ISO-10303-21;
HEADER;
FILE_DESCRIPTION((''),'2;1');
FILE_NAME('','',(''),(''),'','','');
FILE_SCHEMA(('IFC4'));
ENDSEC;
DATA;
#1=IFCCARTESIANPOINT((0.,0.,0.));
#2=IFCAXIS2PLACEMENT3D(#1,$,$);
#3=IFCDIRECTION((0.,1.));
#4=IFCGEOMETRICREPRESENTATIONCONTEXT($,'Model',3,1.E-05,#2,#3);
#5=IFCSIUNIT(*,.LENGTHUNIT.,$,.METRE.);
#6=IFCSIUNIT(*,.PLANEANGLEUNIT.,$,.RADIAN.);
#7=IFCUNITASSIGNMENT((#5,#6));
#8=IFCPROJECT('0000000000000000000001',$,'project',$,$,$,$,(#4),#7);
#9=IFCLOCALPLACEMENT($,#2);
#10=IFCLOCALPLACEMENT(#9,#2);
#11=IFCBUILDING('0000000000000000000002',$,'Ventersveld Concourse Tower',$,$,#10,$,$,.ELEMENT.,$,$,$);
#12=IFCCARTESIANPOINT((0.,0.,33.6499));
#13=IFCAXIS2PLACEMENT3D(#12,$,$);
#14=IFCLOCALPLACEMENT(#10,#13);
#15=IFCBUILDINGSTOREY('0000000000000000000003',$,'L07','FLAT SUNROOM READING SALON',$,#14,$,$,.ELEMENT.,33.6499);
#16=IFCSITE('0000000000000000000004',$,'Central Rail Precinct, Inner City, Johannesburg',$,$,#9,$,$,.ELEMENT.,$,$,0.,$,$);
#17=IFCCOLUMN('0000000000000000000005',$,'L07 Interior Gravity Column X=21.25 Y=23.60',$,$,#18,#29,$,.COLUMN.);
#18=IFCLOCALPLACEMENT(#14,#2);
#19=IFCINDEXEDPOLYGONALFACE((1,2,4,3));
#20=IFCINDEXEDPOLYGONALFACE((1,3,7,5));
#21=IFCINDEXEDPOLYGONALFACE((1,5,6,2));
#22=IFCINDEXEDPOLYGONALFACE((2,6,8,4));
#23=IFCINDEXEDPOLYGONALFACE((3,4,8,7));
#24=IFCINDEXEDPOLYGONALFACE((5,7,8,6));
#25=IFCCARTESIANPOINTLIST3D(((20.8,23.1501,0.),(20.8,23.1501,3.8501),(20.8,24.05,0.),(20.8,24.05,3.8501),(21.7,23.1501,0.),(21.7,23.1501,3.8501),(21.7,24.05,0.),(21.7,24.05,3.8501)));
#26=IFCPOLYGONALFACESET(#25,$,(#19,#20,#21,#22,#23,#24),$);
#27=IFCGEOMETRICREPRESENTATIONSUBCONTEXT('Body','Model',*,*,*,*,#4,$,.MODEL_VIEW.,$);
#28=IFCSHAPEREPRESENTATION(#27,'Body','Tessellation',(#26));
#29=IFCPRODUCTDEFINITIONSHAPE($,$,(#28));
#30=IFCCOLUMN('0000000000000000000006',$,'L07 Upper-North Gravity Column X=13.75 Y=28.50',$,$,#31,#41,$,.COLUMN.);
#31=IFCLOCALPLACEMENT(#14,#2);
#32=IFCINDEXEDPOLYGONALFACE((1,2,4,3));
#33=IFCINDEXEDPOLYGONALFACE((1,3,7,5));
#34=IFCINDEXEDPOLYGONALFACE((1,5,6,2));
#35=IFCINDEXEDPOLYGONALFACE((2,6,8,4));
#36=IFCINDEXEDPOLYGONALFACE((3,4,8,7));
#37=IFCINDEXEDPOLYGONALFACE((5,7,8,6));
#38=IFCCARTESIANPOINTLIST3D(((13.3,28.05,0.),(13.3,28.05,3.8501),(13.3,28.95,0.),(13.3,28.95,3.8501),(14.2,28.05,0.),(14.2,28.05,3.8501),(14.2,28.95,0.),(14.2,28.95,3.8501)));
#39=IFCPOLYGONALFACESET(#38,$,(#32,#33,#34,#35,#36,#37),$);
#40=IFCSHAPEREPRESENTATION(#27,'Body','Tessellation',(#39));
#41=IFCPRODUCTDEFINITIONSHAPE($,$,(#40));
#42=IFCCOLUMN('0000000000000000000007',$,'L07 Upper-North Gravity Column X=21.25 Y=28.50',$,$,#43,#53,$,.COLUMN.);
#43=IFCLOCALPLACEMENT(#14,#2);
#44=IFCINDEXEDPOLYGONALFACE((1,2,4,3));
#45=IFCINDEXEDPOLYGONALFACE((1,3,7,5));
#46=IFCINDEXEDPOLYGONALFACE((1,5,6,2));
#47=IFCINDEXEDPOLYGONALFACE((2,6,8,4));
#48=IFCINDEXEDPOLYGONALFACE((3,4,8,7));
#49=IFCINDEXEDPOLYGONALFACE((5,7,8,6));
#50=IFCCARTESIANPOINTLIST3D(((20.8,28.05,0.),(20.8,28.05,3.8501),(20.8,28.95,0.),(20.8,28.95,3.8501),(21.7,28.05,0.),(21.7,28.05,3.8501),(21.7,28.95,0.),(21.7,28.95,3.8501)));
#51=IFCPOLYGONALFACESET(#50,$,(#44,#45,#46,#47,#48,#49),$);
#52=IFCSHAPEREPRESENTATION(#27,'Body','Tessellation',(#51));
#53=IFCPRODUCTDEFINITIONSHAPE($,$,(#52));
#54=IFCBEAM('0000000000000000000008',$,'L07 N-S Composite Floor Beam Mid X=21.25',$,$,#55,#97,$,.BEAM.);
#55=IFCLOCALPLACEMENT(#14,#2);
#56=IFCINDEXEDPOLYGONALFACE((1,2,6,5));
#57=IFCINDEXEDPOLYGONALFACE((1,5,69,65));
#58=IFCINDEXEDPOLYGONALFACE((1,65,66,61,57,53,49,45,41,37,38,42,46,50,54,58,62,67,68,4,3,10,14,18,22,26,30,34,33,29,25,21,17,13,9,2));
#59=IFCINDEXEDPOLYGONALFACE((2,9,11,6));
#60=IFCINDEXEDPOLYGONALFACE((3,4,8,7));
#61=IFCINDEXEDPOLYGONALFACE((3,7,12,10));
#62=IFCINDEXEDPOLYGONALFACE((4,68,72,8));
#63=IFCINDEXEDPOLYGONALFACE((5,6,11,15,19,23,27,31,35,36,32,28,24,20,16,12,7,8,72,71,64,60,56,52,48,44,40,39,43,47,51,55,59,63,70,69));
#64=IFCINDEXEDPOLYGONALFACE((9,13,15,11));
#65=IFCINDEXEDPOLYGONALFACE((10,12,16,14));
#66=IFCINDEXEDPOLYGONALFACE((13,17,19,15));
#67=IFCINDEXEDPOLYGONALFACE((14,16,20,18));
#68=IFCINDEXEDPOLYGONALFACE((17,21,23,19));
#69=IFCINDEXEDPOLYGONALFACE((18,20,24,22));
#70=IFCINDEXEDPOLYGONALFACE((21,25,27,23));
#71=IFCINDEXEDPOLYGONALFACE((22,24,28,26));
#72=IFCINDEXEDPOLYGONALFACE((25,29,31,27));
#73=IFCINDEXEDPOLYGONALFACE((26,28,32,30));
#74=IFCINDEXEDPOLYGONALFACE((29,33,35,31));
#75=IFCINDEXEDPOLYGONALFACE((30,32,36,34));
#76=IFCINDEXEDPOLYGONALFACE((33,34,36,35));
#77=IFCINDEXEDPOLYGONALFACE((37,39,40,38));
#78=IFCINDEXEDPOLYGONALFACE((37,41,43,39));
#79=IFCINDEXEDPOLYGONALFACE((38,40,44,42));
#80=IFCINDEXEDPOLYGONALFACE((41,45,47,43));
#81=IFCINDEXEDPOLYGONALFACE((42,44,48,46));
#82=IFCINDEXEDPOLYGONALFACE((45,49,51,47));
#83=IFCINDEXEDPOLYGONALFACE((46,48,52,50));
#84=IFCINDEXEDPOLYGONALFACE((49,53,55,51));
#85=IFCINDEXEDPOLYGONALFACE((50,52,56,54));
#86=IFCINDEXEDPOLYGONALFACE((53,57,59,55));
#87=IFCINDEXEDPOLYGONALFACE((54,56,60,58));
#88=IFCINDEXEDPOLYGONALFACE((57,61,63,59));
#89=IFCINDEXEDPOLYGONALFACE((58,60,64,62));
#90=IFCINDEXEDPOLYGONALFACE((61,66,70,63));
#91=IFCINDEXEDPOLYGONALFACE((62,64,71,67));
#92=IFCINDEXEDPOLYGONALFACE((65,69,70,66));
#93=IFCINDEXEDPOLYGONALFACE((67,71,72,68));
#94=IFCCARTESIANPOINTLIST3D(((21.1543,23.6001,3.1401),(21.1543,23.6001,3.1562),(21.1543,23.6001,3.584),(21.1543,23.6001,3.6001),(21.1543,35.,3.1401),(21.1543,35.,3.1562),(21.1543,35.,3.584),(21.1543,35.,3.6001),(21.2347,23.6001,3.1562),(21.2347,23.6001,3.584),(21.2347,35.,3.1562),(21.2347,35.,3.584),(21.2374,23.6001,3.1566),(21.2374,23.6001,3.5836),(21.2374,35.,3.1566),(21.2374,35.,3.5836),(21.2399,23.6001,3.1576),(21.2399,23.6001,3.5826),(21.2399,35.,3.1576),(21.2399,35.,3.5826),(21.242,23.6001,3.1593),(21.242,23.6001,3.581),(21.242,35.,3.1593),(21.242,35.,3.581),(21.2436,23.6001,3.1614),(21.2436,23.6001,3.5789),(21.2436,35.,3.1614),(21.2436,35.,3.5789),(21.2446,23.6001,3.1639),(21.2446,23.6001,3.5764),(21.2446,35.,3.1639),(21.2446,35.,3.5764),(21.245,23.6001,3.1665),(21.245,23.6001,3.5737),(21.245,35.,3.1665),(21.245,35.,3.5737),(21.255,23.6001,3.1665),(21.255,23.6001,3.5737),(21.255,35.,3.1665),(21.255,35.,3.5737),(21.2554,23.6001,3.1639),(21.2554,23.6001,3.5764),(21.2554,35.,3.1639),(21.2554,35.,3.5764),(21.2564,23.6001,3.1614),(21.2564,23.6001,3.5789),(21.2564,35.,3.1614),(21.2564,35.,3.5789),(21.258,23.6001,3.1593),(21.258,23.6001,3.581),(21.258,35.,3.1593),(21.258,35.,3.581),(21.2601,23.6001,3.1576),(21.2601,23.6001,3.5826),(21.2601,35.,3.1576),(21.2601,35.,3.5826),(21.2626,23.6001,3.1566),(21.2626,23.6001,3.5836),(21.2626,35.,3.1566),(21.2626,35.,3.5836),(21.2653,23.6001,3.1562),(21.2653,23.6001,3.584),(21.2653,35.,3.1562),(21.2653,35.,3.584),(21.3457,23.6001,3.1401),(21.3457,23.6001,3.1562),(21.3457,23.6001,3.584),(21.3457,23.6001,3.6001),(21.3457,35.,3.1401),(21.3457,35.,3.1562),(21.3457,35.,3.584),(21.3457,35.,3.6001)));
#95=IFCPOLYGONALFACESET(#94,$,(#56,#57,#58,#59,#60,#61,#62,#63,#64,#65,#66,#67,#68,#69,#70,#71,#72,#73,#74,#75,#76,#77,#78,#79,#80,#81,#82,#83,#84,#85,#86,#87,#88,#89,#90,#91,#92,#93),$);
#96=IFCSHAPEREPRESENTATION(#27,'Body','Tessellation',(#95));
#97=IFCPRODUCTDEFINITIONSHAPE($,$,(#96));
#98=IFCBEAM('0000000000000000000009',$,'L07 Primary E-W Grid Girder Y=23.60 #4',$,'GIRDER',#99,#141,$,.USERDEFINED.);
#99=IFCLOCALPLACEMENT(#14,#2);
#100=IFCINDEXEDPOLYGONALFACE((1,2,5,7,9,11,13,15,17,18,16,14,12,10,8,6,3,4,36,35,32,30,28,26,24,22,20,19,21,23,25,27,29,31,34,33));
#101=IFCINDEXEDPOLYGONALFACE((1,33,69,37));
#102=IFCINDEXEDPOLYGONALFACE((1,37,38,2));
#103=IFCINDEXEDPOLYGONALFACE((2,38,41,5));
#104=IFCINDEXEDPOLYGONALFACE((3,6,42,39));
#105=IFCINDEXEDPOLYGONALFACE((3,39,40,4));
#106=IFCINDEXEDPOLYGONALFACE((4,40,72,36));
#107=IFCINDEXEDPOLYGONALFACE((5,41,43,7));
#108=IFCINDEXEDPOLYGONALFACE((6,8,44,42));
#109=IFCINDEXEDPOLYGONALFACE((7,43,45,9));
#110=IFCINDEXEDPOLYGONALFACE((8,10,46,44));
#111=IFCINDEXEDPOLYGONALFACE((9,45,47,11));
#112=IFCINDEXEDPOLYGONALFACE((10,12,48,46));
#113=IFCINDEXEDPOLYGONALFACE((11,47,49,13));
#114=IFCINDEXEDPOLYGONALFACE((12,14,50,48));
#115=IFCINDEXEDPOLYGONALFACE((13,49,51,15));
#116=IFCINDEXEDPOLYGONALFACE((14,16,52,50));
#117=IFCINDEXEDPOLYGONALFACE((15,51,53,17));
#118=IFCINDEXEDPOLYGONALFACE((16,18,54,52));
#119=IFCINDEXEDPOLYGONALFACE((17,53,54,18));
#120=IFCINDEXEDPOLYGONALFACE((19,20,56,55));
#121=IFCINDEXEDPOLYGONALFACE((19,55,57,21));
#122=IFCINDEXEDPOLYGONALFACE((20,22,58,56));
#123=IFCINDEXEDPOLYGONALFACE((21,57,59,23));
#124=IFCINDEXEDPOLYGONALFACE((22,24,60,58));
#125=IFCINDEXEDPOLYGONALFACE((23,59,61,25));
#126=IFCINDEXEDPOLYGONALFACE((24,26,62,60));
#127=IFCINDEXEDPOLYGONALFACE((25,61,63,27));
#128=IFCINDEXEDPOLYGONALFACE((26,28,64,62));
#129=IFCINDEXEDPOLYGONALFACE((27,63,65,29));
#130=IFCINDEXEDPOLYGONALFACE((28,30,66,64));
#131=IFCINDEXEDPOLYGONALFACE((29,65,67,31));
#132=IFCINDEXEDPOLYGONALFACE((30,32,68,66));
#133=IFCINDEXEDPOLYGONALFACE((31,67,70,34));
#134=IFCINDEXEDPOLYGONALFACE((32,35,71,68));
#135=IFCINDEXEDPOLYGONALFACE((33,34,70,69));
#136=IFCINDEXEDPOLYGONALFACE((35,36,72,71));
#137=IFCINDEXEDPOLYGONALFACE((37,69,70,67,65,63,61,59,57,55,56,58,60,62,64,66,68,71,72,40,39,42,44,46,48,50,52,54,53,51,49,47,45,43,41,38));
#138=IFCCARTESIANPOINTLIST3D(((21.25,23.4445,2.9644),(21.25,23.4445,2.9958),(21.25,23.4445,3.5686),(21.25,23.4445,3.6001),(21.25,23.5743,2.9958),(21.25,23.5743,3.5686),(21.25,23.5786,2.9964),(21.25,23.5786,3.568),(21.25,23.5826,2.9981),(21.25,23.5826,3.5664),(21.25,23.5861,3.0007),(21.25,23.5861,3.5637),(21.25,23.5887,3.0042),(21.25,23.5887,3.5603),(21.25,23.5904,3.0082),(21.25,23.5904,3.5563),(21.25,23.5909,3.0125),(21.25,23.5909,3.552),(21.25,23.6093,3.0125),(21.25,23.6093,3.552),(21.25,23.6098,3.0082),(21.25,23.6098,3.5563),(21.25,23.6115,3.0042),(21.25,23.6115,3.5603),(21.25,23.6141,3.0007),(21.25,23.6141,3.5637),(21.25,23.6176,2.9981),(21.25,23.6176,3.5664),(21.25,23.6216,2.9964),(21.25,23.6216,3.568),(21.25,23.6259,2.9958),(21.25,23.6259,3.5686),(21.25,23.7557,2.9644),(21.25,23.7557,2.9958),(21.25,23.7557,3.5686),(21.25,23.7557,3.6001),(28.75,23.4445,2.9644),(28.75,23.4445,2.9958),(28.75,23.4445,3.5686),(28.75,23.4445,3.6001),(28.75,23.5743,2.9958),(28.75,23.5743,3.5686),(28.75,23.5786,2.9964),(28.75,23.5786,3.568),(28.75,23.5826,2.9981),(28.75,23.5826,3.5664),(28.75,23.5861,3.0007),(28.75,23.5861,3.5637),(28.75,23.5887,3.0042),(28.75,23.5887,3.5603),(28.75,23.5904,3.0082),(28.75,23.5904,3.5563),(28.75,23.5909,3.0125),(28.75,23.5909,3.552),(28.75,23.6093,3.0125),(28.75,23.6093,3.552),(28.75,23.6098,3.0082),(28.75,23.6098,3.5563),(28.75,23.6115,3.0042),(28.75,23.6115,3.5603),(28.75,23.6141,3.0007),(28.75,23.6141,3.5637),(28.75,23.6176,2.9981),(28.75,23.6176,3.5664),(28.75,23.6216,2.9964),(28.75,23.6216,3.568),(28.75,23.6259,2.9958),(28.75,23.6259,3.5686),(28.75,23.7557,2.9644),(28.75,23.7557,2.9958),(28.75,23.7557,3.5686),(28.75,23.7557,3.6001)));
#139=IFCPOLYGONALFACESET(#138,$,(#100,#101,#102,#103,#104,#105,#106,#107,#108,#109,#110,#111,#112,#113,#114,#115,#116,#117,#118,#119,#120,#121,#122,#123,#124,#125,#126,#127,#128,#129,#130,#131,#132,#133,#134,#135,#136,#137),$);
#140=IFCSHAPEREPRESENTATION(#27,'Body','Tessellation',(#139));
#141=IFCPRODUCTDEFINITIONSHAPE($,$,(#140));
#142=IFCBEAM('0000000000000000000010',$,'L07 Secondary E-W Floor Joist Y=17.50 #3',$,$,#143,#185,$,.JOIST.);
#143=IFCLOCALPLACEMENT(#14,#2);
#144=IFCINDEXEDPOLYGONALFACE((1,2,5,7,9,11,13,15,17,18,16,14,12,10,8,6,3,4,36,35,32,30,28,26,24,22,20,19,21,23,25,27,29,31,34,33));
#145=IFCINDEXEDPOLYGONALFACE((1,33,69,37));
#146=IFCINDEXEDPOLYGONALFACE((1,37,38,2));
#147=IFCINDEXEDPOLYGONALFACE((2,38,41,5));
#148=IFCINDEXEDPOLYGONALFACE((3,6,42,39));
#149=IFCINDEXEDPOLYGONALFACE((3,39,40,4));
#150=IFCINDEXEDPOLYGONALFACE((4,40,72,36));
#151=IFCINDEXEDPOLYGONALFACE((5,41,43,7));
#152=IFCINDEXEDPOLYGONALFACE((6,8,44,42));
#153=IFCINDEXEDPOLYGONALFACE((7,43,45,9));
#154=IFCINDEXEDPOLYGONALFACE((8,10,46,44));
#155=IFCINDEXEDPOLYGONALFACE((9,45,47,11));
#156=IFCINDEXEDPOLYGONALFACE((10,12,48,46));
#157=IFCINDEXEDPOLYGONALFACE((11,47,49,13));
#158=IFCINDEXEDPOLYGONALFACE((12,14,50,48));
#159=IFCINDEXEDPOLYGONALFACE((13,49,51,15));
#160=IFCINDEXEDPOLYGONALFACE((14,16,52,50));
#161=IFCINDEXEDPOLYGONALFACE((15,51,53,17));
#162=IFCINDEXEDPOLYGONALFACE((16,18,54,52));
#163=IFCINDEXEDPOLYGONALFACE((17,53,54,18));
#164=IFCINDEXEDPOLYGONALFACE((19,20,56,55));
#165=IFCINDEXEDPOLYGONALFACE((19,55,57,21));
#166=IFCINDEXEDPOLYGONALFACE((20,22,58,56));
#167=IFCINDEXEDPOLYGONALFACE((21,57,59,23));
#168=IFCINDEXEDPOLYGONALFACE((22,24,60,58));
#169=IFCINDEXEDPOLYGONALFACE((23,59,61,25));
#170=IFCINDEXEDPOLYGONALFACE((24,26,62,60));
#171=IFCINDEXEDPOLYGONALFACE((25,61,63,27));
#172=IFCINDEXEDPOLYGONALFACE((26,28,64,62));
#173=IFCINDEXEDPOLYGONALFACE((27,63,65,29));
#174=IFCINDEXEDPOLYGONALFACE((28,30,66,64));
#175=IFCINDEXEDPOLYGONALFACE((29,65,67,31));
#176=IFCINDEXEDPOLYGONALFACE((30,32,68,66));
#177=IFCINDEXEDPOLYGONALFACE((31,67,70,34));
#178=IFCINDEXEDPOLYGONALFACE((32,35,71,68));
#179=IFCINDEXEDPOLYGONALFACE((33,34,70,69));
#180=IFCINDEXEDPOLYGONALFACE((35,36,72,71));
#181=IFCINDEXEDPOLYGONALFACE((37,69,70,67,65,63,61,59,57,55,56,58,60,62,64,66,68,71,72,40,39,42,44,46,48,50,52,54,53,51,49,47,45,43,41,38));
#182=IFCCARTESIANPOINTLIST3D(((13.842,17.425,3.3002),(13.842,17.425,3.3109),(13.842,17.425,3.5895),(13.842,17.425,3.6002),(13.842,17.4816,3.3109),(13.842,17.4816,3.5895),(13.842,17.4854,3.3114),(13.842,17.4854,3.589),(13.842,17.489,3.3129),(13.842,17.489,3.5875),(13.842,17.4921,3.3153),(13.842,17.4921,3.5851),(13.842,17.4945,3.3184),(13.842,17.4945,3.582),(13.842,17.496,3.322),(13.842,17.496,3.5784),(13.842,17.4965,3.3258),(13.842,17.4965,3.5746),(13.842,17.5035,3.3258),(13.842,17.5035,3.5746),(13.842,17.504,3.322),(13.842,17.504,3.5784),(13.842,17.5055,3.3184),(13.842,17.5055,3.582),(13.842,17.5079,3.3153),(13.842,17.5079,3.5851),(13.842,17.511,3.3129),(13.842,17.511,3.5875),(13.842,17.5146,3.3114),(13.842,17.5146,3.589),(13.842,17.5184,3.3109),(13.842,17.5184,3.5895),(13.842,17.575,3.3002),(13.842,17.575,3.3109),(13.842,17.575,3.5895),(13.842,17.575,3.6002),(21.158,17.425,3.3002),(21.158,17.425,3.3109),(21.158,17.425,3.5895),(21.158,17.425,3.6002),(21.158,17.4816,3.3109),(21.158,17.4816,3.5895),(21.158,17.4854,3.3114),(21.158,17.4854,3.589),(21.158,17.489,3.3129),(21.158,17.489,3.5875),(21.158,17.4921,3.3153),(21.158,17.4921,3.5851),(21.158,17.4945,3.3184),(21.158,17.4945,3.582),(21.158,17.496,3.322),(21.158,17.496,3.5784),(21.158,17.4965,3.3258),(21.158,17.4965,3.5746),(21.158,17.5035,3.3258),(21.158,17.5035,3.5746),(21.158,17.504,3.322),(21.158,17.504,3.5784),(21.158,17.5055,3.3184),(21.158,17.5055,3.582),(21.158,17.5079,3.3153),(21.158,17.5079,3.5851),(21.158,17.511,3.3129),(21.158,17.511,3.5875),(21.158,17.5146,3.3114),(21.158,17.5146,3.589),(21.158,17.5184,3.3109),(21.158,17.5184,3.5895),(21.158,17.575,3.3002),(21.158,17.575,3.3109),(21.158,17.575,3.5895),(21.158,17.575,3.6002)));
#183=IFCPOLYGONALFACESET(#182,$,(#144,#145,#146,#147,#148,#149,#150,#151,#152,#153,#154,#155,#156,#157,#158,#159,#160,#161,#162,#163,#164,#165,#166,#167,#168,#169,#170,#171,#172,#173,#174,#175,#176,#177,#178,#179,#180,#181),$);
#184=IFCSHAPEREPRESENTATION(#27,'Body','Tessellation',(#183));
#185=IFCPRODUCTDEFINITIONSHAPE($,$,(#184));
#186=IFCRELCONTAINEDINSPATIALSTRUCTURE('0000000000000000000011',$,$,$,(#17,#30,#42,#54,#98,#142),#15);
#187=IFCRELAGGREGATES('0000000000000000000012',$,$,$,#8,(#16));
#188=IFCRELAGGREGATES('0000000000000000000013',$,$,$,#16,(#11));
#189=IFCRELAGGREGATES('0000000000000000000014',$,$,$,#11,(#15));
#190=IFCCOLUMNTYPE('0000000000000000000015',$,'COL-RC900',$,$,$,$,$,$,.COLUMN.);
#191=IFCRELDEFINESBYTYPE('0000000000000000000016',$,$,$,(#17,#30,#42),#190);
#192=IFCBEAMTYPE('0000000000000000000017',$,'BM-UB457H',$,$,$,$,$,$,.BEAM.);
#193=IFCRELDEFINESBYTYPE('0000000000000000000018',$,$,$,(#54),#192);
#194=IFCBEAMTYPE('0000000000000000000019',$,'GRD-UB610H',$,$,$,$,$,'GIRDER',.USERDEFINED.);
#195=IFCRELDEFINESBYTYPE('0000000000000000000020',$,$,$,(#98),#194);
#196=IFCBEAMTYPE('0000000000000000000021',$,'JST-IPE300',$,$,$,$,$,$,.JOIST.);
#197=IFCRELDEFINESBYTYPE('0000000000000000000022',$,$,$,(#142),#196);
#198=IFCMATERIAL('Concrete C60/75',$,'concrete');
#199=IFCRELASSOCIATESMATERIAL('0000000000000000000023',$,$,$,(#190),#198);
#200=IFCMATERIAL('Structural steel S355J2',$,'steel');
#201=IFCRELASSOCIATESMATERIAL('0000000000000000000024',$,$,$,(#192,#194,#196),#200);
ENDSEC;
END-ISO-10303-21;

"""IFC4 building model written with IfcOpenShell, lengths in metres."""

from ifc_helpers import new_model, si_unit, direction, frame, origin, origin_2d, place, context, subcontext, project, spatial, rectangle, i_section, extrude, material, material_profile, profile_set, type_object, element, save


model = new_model("IFC4")

# Units and contexts
model_context = context("Model", 3, precision=1e-05, world=origin(), true_north=direction((0.0, 1.0)))
body_context = subcontext(model_context, "Body", "Model", "MODEL_VIEW")
ifc_project = project(units=[si_unit("LENGTHUNIT", "METRE"), si_unit("PLANEANGLEUNIT", "RADIAN")], contexts=[model_context])

# Site, building, storey
site_placement = place(None, origin())
site = spatial("IfcSite", under=ifc_project, at=site_placement, Name="Central Rail Precinct, Inner City, Johannesburg", CompositionType="ELEMENT", RefElevation=0.0)
building_placement = place(site_placement, origin())
building = spatial("IfcBuilding", under=site, at=building_placement, Name="Ventersveld Concourse Tower", CompositionType="ELEMENT")
storey_placement = place(building_placement, frame((0.0, 0.0, 33.6499)))
storey = spatial("IfcBuildingStorey", under=building, at=storey_placement, Name="L07", Description="FLAT SUNROOM READING SALON", CompositionType="ELEMENT", Elevation=33.6499)

# Columns
ifc_material_1 = material(Name="Concrete C60/75", Category="concrete")
ifc_material_profile_1 = material_profile(ifc_material_1, rectangle(XDim=0.8999, YDim=0.8999, at=origin_2d()), Name="RC 900x900")
ifc_profile_set_1 = profile_set([ifc_material_profile_1], Name="Concrete C60/75")
column_type = type_object("IfcColumnType", Name="COL-RC900", PredefinedType="COLUMN", material=ifc_profile_set_1)
for number, where, z_axis, x_axis, name in (
    (1, (21.25, 23.6001, 0.0), (0.0, 0.0, 1.0), (1.0, 0.0, 0.0), "L07 Interior Gravity Column X=21.25 Y=23.60"),
    (2, (13.75, 28.5, 0.0), (0.0, 0.0, 1.0), (1.0, 0.0, 0.0), "L07 Upper-North Gravity Column X=13.75 Y=28.50"),
    (3, (21.25, 28.5, 0.0), (0.0, 0.0, 1.0), (1.0, 0.0, 0.0), "L07 Upper-North Gravity Column X=21.25 Y=28.50"),
):
    element("IfcColumn", number, at=place(storey_placement, frame(where, z_axis=z_axis, x_axis=x_axis)), inside=storey, type_object=column_type, Name=name, PredefinedType="COLUMN", context=body_context, shape_type="SweptSolid", body=[
        extrude(rectangle(XDim=0.8999, YDim=0.8999, at=origin_2d()), origin(), (0.0, 0.0, 1.0), 3.8501),
    ])

# Beams
ifc_material_2 = material(Name="Structural steel S355J2", Category="steel")
ifc_material_profile_2 = material_profile(ifc_material_2, i_section(OverallWidth=0.1914, OverallDepth=0.46, WebThickness=0.01, FlangeThickness=0.0161, FilletRadius=0.0103, at=origin_2d()), Name="UB 457x191x82")
ifc_profile_set_2 = profile_set([ifc_material_profile_2], Name="Structural steel S355J2")
beam_type_1 = type_object("IfcBeamType", Name="BM-UB457H", PredefinedType="BEAM", material=ifc_profile_set_2)
beam_1_placement = place(storey_placement, frame((21.25, 23.6001, 3.3701), z_axis=(0.0, 1.0, 0.0), x_axis=(-1.0, 0.0, 0.0)))
element("IfcBeam", 4, at=beam_1_placement, inside=storey, type_object=beam_type_1, Name="L07 N-S Composite Floor Beam Mid X=21.25", PredefinedType="BEAM", context=body_context, shape_type="SweptSolid", body=[
    extrude(i_section(OverallWidth=0.1914, OverallDepth=0.46, WebThickness=0.01, FlangeThickness=0.0161, FilletRadius=0.0103, at=origin_2d()), origin(), (0.0, 0.0, 1.0), 11.3999),
])
ifc_material_profile_3 = material_profile(ifc_material_2, i_section(OverallWidth=0.3113, OverallDepth=0.6357, WebThickness=0.0183, FlangeThickness=0.0315, FilletRadius=0.0166, at=origin_2d()), Name="UB 610x305x238")
ifc_profile_set_3 = profile_set([ifc_material_profile_3], Name="Structural steel S355J2")
beam_type_2 = type_object("IfcBeamType", Name="GRD-UB610H", ElementType="GIRDER", PredefinedType="USERDEFINED", material=ifc_profile_set_3)
beam_2_placement = place(storey_placement, frame((21.25, 23.6001, 3.2822), z_axis=(1.0, 0.0, 0.0), x_axis=(0.0, 1.0, 0.0)))
element("IfcBeam", 5, at=beam_2_placement, inside=storey, type_object=beam_type_2, Name="L07 Primary E-W Grid Girder Y=23.60 #4", ObjectType="GIRDER", PredefinedType="USERDEFINED", context=body_context, shape_type="SweptSolid", body=[
    extrude(i_section(OverallWidth=0.3113, OverallDepth=0.6357, WebThickness=0.0183, FlangeThickness=0.0315, FilletRadius=0.0166, at=origin_2d()), origin(), (0.0, 0.0, 1.0), 7.5),
])
ifc_material_profile_4 = material_profile(ifc_material_2, i_section(OverallWidth=0.1499, OverallDepth=0.3, WebThickness=0.0071, FlangeThickness=0.0107, FilletRadius=0.0149, at=origin_2d()), Name="IPE 300")
ifc_profile_set_4 = profile_set([ifc_material_profile_4], Name="Structural steel S355J2")
beam_type_3 = type_object("IfcBeamType", Name="JST-IPE300", PredefinedType="JOIST", material=ifc_profile_set_4)
for number, where, z_axis, x_axis, name in (
    (6, (13.842, 17.5, 3.4502), (1.0, 0.0, 0.0), (0.0, 1.0, 0.0), "L07 Secondary E-W Floor Joist Y=17.50 #3"),
):
    element("IfcBeam", number, at=place(storey_placement, frame(where, z_axis=z_axis, x_axis=x_axis)), inside=storey, type_object=beam_type_3, Name=name, PredefinedType="JOIST", context=body_context, shape_type="SweptSolid", body=[
        extrude(i_section(OverallWidth=0.1499, OverallDepth=0.3, WebThickness=0.0071, FlangeThickness=0.0107, FilletRadius=0.0149, at=origin_2d()), origin(), (0.0, 0.0, 1.0), 7.3159),
    ])

save(model, "model.ifc")
